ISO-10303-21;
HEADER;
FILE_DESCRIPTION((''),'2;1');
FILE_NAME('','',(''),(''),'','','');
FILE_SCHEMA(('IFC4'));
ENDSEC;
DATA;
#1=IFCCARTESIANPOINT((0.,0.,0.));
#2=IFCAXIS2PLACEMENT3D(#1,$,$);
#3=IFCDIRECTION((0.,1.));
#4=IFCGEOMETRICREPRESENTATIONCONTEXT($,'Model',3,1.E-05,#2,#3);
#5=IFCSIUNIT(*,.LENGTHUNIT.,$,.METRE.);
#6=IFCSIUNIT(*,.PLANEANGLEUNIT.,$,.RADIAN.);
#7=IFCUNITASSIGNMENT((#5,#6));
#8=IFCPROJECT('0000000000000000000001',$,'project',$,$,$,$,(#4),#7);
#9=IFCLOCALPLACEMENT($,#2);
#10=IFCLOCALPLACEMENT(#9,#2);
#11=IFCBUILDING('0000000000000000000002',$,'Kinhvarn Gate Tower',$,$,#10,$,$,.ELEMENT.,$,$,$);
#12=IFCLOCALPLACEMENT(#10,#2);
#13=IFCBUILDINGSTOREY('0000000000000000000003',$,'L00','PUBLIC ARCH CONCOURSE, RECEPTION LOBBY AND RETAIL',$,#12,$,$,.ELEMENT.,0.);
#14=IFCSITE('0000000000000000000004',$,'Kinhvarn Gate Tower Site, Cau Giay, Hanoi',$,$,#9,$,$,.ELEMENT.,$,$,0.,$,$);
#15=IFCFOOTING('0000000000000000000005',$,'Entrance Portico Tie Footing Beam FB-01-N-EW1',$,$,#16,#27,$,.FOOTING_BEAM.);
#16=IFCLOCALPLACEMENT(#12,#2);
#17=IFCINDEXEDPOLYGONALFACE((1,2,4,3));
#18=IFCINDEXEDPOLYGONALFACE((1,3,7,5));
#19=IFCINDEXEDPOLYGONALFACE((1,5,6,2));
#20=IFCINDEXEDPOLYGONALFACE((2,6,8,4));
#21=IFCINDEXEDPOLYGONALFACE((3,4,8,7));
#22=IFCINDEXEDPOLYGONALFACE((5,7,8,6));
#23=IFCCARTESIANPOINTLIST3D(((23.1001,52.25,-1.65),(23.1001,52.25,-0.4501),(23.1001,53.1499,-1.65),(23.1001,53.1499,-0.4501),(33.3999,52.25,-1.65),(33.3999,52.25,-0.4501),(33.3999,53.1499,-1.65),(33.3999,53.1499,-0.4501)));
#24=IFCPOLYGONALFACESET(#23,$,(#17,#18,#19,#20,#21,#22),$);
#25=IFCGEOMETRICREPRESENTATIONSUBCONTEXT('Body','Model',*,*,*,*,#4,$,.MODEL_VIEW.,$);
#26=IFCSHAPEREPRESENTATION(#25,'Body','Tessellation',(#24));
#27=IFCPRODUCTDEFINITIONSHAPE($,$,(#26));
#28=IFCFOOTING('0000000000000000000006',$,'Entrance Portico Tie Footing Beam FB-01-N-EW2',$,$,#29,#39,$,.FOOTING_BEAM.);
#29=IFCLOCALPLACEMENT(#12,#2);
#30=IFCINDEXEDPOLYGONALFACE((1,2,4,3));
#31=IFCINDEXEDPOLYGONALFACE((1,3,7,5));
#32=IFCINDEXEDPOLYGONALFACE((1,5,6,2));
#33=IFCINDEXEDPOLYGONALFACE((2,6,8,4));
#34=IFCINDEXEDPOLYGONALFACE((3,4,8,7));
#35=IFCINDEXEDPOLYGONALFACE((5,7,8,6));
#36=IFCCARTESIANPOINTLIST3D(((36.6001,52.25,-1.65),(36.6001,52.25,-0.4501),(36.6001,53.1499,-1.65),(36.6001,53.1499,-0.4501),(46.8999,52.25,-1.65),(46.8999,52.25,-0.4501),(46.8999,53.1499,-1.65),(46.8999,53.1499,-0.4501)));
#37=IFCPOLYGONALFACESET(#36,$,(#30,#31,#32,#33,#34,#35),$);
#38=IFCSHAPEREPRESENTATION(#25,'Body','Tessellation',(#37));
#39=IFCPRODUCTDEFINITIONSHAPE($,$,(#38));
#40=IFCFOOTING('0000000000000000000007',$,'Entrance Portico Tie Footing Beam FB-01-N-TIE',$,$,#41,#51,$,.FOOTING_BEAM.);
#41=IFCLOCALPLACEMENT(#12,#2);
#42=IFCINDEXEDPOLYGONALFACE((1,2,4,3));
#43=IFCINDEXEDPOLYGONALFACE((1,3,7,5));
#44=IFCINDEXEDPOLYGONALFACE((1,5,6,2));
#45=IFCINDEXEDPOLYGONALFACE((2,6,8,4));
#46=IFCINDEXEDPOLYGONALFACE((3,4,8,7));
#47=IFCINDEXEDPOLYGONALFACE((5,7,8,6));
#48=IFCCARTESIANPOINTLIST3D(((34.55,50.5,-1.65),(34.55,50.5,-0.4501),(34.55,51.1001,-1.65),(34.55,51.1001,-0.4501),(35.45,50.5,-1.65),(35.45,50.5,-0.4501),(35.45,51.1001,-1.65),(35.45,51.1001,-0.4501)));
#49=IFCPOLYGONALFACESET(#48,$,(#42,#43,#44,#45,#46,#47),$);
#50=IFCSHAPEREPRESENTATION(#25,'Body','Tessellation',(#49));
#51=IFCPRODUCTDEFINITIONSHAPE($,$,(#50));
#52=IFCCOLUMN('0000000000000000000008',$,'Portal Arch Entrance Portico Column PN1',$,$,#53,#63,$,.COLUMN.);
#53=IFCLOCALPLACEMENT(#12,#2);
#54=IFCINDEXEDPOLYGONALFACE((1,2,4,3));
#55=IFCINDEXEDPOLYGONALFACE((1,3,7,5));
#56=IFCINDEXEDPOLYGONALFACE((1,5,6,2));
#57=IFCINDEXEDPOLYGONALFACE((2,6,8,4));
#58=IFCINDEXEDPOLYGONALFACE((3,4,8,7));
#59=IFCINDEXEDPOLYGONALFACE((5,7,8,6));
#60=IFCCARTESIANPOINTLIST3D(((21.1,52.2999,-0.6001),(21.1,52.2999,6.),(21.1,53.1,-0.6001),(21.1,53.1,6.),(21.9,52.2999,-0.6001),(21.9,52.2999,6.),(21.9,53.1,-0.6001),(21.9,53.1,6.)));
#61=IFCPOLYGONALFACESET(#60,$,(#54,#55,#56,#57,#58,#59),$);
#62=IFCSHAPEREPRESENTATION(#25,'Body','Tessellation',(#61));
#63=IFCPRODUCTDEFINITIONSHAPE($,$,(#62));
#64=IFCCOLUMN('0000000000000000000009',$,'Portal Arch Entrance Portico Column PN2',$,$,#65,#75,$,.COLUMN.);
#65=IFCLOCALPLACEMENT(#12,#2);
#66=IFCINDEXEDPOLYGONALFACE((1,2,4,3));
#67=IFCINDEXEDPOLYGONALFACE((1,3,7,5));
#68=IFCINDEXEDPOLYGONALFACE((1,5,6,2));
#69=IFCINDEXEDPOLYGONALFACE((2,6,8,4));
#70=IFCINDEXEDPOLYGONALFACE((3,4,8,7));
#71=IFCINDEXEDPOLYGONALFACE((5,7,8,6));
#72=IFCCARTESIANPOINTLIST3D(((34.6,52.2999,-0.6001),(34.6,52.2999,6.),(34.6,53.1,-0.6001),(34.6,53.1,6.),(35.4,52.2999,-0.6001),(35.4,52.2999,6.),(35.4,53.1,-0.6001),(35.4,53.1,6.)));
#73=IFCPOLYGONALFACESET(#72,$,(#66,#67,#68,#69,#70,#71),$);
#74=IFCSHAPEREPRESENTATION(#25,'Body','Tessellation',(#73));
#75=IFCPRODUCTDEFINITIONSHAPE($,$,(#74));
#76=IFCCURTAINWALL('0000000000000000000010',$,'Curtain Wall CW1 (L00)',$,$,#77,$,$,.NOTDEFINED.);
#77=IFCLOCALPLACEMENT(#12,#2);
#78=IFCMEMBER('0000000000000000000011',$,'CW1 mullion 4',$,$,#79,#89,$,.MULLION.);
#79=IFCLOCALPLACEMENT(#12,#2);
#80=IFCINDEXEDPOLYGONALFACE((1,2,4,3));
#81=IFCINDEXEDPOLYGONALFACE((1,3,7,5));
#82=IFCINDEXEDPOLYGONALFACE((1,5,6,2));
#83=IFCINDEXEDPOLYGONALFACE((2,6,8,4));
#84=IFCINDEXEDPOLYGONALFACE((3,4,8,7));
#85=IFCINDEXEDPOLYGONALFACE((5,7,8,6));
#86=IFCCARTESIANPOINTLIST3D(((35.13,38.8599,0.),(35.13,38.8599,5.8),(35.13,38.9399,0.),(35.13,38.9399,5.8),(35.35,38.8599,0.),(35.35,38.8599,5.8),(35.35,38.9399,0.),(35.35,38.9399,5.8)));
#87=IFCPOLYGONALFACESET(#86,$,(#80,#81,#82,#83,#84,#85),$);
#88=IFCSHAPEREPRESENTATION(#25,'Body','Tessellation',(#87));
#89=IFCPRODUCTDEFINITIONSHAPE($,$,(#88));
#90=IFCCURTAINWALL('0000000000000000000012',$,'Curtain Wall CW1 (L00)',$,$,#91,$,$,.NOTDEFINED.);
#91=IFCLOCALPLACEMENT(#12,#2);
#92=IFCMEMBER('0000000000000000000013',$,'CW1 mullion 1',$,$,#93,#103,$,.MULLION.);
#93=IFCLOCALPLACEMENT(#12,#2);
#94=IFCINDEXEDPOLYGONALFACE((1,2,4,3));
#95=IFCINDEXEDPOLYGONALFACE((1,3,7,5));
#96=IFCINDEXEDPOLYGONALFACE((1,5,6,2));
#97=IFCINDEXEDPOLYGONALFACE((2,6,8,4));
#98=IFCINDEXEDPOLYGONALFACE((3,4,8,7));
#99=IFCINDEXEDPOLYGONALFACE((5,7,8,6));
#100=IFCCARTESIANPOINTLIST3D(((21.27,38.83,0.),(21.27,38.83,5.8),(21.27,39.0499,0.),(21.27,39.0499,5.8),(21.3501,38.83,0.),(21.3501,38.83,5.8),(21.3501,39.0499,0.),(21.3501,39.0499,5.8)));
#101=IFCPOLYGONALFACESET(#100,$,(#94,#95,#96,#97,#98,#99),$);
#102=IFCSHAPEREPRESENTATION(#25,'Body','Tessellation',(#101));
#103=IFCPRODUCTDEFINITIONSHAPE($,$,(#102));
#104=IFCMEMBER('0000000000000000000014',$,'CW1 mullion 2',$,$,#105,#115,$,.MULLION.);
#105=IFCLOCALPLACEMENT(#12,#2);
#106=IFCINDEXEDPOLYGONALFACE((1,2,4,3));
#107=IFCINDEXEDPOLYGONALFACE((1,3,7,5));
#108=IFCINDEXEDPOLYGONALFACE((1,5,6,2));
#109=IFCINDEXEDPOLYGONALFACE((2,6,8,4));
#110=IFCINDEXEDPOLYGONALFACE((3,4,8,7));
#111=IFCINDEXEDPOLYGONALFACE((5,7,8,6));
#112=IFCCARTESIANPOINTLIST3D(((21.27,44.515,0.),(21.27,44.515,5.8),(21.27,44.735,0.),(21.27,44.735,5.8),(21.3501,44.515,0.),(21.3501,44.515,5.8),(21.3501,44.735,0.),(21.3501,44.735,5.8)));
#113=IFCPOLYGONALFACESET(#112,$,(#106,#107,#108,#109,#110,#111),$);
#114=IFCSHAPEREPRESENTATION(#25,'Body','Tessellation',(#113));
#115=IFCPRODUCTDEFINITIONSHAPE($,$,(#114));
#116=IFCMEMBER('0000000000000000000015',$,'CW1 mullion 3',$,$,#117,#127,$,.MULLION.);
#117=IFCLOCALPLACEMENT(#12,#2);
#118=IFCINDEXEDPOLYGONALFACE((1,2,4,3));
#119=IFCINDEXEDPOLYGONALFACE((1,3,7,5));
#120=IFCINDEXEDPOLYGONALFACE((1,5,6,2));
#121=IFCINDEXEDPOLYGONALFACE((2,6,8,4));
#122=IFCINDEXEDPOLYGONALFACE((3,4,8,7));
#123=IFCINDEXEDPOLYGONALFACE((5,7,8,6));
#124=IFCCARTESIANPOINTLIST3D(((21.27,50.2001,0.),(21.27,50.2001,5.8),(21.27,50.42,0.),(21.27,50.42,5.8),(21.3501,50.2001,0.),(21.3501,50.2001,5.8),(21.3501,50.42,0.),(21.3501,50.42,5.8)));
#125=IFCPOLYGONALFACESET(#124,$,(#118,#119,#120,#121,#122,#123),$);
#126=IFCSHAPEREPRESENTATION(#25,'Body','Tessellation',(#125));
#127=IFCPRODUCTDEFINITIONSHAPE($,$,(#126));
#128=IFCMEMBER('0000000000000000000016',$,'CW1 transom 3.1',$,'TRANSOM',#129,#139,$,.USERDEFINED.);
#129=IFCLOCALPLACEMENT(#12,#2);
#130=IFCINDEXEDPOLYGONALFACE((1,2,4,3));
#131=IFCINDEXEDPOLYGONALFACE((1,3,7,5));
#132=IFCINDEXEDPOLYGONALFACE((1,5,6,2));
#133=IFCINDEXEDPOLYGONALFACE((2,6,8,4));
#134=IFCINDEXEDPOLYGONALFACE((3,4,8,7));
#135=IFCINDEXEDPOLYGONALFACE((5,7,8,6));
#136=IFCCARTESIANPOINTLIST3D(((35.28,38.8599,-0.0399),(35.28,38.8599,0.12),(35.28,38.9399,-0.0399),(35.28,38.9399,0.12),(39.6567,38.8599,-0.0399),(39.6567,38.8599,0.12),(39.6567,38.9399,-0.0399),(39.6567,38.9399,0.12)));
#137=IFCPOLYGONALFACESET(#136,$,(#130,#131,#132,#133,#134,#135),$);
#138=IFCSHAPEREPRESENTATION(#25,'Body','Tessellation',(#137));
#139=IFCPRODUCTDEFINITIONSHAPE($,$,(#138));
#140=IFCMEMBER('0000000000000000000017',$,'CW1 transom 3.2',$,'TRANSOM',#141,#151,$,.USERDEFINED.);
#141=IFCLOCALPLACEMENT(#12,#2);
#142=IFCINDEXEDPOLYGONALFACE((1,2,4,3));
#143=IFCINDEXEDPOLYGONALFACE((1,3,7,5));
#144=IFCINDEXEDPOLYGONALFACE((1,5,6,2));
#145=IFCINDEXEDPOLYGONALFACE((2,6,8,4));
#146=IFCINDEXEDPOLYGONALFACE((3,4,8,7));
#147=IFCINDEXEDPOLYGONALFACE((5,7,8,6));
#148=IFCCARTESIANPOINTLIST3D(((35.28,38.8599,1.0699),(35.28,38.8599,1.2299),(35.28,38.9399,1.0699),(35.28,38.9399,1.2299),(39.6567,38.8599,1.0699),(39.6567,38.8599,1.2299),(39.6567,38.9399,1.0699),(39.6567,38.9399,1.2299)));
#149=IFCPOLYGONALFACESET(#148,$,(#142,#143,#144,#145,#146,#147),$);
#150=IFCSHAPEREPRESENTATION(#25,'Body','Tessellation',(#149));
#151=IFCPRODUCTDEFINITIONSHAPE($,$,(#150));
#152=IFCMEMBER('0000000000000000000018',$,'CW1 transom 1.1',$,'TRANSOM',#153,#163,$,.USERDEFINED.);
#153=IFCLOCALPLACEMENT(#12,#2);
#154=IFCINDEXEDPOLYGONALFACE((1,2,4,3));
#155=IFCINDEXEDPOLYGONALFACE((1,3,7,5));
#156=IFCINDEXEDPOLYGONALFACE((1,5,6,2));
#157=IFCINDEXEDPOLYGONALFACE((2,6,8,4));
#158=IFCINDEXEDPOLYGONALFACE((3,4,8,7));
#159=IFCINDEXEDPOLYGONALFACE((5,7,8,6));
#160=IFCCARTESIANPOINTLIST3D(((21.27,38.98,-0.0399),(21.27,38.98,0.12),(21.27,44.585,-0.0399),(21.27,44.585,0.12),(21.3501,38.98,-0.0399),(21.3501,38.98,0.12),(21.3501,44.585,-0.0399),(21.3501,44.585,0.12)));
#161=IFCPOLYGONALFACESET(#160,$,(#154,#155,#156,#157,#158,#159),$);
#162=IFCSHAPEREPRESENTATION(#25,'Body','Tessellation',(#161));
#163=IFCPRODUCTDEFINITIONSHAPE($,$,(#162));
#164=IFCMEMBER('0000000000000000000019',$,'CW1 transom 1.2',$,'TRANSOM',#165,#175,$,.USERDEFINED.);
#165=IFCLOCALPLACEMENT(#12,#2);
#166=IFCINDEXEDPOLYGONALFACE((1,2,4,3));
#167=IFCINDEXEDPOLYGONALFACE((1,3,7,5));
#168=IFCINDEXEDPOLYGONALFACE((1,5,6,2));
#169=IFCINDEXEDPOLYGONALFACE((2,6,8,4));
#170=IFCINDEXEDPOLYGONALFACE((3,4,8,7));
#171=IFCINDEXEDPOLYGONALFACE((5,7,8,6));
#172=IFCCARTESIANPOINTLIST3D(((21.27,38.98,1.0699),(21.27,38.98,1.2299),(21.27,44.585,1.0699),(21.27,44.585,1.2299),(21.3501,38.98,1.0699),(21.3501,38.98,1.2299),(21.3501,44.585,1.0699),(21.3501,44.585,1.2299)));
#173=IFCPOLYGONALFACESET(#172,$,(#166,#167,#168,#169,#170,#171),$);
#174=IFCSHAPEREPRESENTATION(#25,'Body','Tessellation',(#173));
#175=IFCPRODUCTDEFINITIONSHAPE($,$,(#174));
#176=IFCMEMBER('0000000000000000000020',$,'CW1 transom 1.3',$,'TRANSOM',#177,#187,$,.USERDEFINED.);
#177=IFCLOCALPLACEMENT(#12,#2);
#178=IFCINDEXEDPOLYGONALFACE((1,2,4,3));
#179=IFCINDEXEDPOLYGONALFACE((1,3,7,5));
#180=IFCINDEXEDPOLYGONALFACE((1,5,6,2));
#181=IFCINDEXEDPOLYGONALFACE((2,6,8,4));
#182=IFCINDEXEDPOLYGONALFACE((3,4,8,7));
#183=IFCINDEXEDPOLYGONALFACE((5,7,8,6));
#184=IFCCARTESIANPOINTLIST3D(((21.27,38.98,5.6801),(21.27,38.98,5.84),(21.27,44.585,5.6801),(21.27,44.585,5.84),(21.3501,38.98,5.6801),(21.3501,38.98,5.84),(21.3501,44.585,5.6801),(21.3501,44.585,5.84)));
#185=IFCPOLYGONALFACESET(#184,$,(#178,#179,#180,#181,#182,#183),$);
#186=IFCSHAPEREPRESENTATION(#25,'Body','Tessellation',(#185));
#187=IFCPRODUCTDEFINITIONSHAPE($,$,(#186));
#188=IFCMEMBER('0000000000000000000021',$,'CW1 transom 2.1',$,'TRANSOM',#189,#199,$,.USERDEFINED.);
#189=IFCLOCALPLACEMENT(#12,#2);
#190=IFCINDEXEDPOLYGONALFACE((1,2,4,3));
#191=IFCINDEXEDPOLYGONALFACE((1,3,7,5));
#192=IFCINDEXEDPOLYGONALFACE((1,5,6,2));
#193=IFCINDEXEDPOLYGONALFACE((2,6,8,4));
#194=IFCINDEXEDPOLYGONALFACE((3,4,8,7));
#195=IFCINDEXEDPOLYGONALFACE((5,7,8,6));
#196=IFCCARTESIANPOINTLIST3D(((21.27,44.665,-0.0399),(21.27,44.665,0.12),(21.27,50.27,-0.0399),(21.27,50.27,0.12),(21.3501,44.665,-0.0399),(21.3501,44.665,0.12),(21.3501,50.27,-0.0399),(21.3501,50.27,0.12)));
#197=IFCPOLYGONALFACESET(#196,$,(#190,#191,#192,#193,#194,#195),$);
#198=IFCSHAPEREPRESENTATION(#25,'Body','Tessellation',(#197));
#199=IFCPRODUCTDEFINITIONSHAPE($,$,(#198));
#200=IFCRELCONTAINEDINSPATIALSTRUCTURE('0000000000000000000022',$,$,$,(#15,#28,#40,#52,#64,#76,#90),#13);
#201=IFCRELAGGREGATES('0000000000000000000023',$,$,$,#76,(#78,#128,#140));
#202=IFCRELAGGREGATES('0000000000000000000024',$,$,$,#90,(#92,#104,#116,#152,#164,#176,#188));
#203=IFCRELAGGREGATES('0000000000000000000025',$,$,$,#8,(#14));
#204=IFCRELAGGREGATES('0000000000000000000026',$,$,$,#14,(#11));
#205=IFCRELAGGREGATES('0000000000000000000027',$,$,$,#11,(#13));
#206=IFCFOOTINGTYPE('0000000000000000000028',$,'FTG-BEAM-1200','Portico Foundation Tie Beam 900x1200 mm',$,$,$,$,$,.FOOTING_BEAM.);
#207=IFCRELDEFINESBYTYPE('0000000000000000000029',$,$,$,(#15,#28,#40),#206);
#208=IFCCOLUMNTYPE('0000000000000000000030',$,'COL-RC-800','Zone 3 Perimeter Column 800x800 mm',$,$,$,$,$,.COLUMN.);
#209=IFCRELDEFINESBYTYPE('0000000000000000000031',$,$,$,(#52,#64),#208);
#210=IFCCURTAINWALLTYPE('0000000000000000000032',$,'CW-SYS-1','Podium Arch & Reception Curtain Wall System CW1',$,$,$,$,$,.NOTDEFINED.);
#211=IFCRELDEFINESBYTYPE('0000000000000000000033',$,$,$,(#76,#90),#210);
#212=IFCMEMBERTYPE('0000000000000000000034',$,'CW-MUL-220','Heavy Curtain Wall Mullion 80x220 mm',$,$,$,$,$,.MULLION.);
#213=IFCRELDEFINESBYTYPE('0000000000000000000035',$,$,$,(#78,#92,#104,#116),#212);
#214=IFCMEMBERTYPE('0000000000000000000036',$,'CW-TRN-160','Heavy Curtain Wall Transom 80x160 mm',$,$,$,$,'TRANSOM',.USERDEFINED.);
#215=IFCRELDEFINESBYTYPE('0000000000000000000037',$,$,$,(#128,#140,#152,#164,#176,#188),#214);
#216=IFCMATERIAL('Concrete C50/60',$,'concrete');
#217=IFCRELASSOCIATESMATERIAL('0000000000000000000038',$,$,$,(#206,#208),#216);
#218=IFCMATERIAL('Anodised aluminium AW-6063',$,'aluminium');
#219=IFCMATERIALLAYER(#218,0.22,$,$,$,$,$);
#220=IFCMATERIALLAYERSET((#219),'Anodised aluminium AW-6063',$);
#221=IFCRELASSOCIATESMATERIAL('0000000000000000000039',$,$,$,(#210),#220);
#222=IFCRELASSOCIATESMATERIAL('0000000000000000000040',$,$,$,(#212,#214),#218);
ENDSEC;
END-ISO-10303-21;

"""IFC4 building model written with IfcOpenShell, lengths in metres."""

from ifc_helpers import new_model, si_unit, direction, frame, origin, origin_2d, place, context, subcontext, project, spatial, rectangle, extrude, material, layer, layer_set, material_profile, profile_set, type_object, element, aggregate, save


model = new_model("IFC4")

# Units and contexts
model_context = context("Model", 3, precision=1e-05, world=origin(), true_north=direction((0.0, 1.0)))
body_context = subcontext(model_context, "Body", "Model", "MODEL_VIEW")
ifc_project = project(units=[si_unit("LENGTHUNIT", "METRE"), si_unit("PLANEANGLEUNIT", "RADIAN")], contexts=[model_context])

# Site, building, storey
site_placement = place(None, origin())
site = spatial("IfcSite", under=ifc_project, at=site_placement, Name="Kinhvarn Gate Tower Site, Cau Giay, Hanoi", CompositionType="ELEMENT", RefElevation=0.0)
building_placement = place(site_placement, origin())
building = spatial("IfcBuilding", under=site, at=building_placement, Name="Kinhvarn Gate Tower", CompositionType="ELEMENT")
storey_placement = place(building_placement, origin())
storey = spatial("IfcBuildingStorey", under=building, at=storey_placement, Name="L00", Description="PUBLIC ARCH CONCOURSE, RECEPTION LOBBY AND RETAIL", CompositionType="ELEMENT", Elevation=0.0)

# Footings
ifc_material_1 = material(Name="Concrete C50/60", Category="concrete")
ifc_material_profile_1 = material_profile(ifc_material_1, rectangle(XDim=0.8999, YDim=1.2, at=origin_2d()), Name="RC 900x1200")
ifc_profile_set_1 = profile_set([ifc_material_profile_1], Name="Concrete C50/60")
footing_type = type_object("IfcFootingType", Name="FTG-BEAM-1200", Description="Portico Foundation Tie Beam 900x1200 mm", PredefinedType="FOOTING_BEAM", material=ifc_profile_set_1)
for number, where, z_axis, x_axis, name in (
    (1, (23.1001, 52.7, -1.05), (1.0, 0.0, 0.0), (0.0, 1.0, 0.0), "Entrance Portico Tie Footing Beam FB-01-N-EW1"),
    (2, (36.6001, 52.7, -1.05), (1.0, 0.0, 0.0), (0.0, 1.0, 0.0), "Entrance Portico Tie Footing Beam FB-01-N-EW2"),
):
    element("IfcFooting", number, at=place(storey_placement, frame(where, z_axis=z_axis, x_axis=x_axis)), inside=storey, type_object=footing_type, Name=name, PredefinedType="FOOTING_BEAM", context=body_context, shape_type="SweptSolid", body=[
        extrude(rectangle(XDim=0.8999, YDim=1.2, at=origin_2d()), origin(), (0.0, 0.0, 1.0), 10.2998),
    ])
footing_placement = place(storey_placement, frame((35.0, 50.5, -1.05), z_axis=(0.0, 1.0, 0.0), x_axis=(-1.0, 0.0, 0.0)))
element("IfcFooting", 3, at=footing_placement, inside=storey, type_object=footing_type, Name="Entrance Portico Tie Footing Beam FB-01-N-TIE", PredefinedType="FOOTING_BEAM", context=body_context, shape_type="SweptSolid", body=[
    extrude(rectangle(XDim=0.8999, YDim=1.2, at=origin_2d()), origin(), (0.0, 0.0, 1.0), 0.6001),
])

# Columns
ifc_material_profile_2 = material_profile(ifc_material_1, rectangle(XDim=0.8, YDim=0.8, at=origin_2d()), Name="RC 800x800")
ifc_profile_set_2 = profile_set([ifc_material_profile_2], Name="Concrete C50/60")
column_type = type_object("IfcColumnType", Name="COL-RC-800", Description="Zone 3 Perimeter Column 800x800 mm", PredefinedType="COLUMN", material=ifc_profile_set_2)
for number, where, z_axis, x_axis, name in (
    (4, (21.5, 52.7, -0.6001), (0.0, 0.0, 1.0), (1.0, 0.0, 0.0), "Portal Arch Entrance Portico Column PN1"),
    (5, (35.0, 52.7, -0.6001), (0.0, 0.0, 1.0), (1.0, 0.0, 0.0), "Portal Arch Entrance Portico Column PN2"),
):
    element("IfcColumn", number, at=place(storey_placement, frame(where, z_axis=z_axis, x_axis=x_axis)), inside=storey, type_object=column_type, Name=name, PredefinedType="COLUMN", context=body_context, shape_type="SweptSolid", body=[
        extrude(rectangle(XDim=0.8, YDim=0.8, at=origin_2d()), origin(), (0.0, 0.0, 1.0), 6.6001),
    ])

# Curtain wall, member
ifc_material_2 = material(Name="Anodised aluminium AW-6063", Category="aluminium")
ifc_layer_1 = layer(ifc_material_2, 0.22)
ifc_layer_set_1 = layer_set([ifc_layer_1], Name="Anodised aluminium AW-6063")
curtain_wall_type = type_object("IfcCurtainWallType", Name="CW-SYS-1", Description="Podium Arch & Reception Curtain Wall System CW1", PredefinedType="NOTDEFINED", material=ifc_layer_set_1)
curtain_wall_1_placement = place(storey_placement, origin())
curtain_wall_1 = element("IfcCurtainWall", 6, at=curtain_wall_1_placement, inside=storey, type_object=curtain_wall_type, Name="Curtain Wall CW1 (L00)", PredefinedType="NOTDEFINED")
ifc_material_profile_3 = material_profile(ifc_material_2, rectangle(XDim=0.0801, YDim=0.22, at=origin_2d()), Name="ALU 80x220")
ifc_profile_set_3 = profile_set([ifc_material_profile_3], Name="Anodised aluminium AW-6063")
member_type_1 = type_object("IfcMemberType", Name="CW-MUL-220", Description="Heavy Curtain Wall Mullion 80x220 mm", PredefinedType="MULLION", material=ifc_profile_set_3)
member_1_placement = place(storey_placement, frame((35.24, 38.8999, 0.0), z_axis=(0.0, 0.0, 1.0), x_axis=(0.0, -1.0, 0.0)))
member_1 = element("IfcMember", 7, at=member_1_placement, type_object=member_type_1, Name="CW1 mullion 4", PredefinedType="MULLION", context=body_context, shape_type="SweptSolid", body=[
    extrude(rectangle(XDim=0.0801, YDim=0.22, at=origin_2d()), origin(), (0.0, 0.0, 1.0), 5.8),
])

# Curtain wall, members
curtain_wall_2_placement = place(storey_placement, origin())
curtain_wall_2 = element("IfcCurtainWall", 8, at=curtain_wall_2_placement, inside=storey, type_object=curtain_wall_type, Name="Curtain Wall CW1 (L00)", PredefinedType="NOTDEFINED")
member_2_placement = place(storey_placement, frame((21.3101, 38.9399, 0.0), z_axis=(0.0, 0.0, 1.0), x_axis=(-1.0, 0.0, 0.0)))
member_2 = element("IfcMember", 9, at=member_2_placement, type_object=member_type_1, Name="CW1 mullion 1", PredefinedType="MULLION", context=body_context, shape_type="SweptSolid", body=[
    extrude(rectangle(XDim=0.0801, YDim=0.22, at=origin_2d()), origin(), (0.0, 0.0, 1.0), 5.8),
])
member_3_placement = place(storey_placement, frame((21.3101, 44.625, 0.0), z_axis=(0.0, 0.0, 1.0), x_axis=(-1.0, 0.0, 0.0)))
member_3 = element("IfcMember", 10, at=member_3_placement, type_object=member_type_1, Name="CW1 mullion 2", PredefinedType="MULLION", context=body_context, shape_type="SweptSolid", body=[
    extrude(rectangle(XDim=0.0801, YDim=0.22, at=origin_2d()), origin(), (0.0, 0.0, 1.0), 5.8),
])
member_4_placement = place(storey_placement, frame((21.3101, 50.3101, 0.0), z_axis=(0.0, 0.0, 1.0), x_axis=(-1.0, 0.0, 0.0)))
member_4 = element("IfcMember", 11, at=member_4_placement, type_object=member_type_1, Name="CW1 mullion 3", PredefinedType="MULLION", context=body_context, shape_type="SweptSolid", body=[
    extrude(rectangle(XDim=0.0801, YDim=0.22, at=origin_2d()), origin(), (0.0, 0.0, 1.0), 5.8),
])

# Members
ifc_material_profile_4 = material_profile(ifc_material_2, rectangle(XDim=0.0801, YDim=0.1599, at=origin_2d()), Name="ALU 80x160")
ifc_profile_set_4 = profile_set([ifc_material_profile_4], Name="Anodised aluminium AW-6063")
member_type_2 = type_object("IfcMemberType", Name="CW-TRN-160", Description="Heavy Curtain Wall Transom 80x160 mm", ElementType="TRANSOM", PredefinedType="USERDEFINED", material=ifc_profile_set_4)
member_5_placement = place(storey_placement, frame((39.6567, 38.8999, 0.04), z_axis=(-1.0, 0.0, 0.0), x_axis=(0.0, -1.0, 0.0)))
member_5 = element("IfcMember", 12, at=member_5_placement, type_object=member_type_2, Name="CW1 transom 3.1", ObjectType="TRANSOM", PredefinedType="USERDEFINED", context=body_context, shape_type="SweptSolid", body=[
    extrude(rectangle(XDim=0.0801, YDim=0.1599, at=origin_2d()), origin(), (0.0, 0.0, 1.0), 4.3767),
])
member_6_placement = place(storey_placement, frame((39.6567, 38.8999, 1.1499), z_axis=(-1.0, 0.0, 0.0), x_axis=(0.0, -1.0, 0.0)))
member_6 = element("IfcMember", 13, at=member_6_placement, type_object=member_type_2, Name="CW1 transom 3.2", ObjectType="TRANSOM", PredefinedType="USERDEFINED", context=body_context, shape_type="SweptSolid", body=[
    extrude(rectangle(XDim=0.0801, YDim=0.1599, at=origin_2d()), origin(), (0.0, 0.0, 1.0), 4.3767),
])
member_7_placement = place(storey_placement, frame((21.3101, 38.98, 0.04), z_axis=(0.0, 1.0, 0.0), x_axis=(-1.0, 0.0, 0.0)))
member_7 = element("IfcMember", 14, at=member_7_placement, type_object=member_type_2, Name="CW1 transom 1.1", ObjectType="TRANSOM", PredefinedType="USERDEFINED", context=body_context, shape_type="SweptSolid", body=[
    extrude(rectangle(XDim=0.0801, YDim=0.1599, at=origin_2d()), origin(), (0.0, 0.0, 1.0), 5.605),
])
member_8_placement = place(storey_placement, frame((21.3101, 38.98, 1.1499), z_axis=(0.0, 1.0, 0.0), x_axis=(-1.0, 0.0, 0.0)))
member_8 = element("IfcMember", 15, at=member_8_placement, type_object=member_type_2, Name="CW1 transom 1.2", ObjectType="TRANSOM", PredefinedType="USERDEFINED", context=body_context, shape_type="SweptSolid", body=[
    extrude(rectangle(XDim=0.0801, YDim=0.1599, at=origin_2d()), origin(), (0.0, 0.0, 1.0), 5.605),
])
member_9_placement = place(storey_placement, frame((21.3101, 38.98, 5.76), z_axis=(0.0, 1.0, 0.0), x_axis=(-1.0, 0.0, 0.0)))
member_9 = element("IfcMember", 16, at=member_9_placement, type_object=member_type_2, Name="CW1 transom 1.3", ObjectType="TRANSOM", PredefinedType="USERDEFINED", context=body_context, shape_type="SweptSolid", body=[
    extrude(rectangle(XDim=0.0801, YDim=0.1599, at=origin_2d()), origin(), (0.0, 0.0, 1.0), 5.605),
])
member_10_placement = place(storey_placement, frame((21.3101, 44.665, 0.04), z_axis=(0.0, 1.0, 0.0), x_axis=(-1.0, 0.0, 0.0)))
member_10 = element("IfcMember", 17, at=member_10_placement, type_object=member_type_2, Name="CW1 transom 2.1", ObjectType="TRANSOM", PredefinedType="USERDEFINED", context=body_context, shape_type="SweptSolid", body=[
    extrude(rectangle(XDim=0.0801, YDim=0.1599, at=origin_2d()), origin(), (0.0, 0.0, 1.0), 5.605),
])

aggregate(curtain_wall_1, [member_1, member_5, member_6])
aggregate(curtain_wall_2, [member_2, member_3, member_4, member_7, member_8, member_9, member_10])

save(model, "model.ifc")
